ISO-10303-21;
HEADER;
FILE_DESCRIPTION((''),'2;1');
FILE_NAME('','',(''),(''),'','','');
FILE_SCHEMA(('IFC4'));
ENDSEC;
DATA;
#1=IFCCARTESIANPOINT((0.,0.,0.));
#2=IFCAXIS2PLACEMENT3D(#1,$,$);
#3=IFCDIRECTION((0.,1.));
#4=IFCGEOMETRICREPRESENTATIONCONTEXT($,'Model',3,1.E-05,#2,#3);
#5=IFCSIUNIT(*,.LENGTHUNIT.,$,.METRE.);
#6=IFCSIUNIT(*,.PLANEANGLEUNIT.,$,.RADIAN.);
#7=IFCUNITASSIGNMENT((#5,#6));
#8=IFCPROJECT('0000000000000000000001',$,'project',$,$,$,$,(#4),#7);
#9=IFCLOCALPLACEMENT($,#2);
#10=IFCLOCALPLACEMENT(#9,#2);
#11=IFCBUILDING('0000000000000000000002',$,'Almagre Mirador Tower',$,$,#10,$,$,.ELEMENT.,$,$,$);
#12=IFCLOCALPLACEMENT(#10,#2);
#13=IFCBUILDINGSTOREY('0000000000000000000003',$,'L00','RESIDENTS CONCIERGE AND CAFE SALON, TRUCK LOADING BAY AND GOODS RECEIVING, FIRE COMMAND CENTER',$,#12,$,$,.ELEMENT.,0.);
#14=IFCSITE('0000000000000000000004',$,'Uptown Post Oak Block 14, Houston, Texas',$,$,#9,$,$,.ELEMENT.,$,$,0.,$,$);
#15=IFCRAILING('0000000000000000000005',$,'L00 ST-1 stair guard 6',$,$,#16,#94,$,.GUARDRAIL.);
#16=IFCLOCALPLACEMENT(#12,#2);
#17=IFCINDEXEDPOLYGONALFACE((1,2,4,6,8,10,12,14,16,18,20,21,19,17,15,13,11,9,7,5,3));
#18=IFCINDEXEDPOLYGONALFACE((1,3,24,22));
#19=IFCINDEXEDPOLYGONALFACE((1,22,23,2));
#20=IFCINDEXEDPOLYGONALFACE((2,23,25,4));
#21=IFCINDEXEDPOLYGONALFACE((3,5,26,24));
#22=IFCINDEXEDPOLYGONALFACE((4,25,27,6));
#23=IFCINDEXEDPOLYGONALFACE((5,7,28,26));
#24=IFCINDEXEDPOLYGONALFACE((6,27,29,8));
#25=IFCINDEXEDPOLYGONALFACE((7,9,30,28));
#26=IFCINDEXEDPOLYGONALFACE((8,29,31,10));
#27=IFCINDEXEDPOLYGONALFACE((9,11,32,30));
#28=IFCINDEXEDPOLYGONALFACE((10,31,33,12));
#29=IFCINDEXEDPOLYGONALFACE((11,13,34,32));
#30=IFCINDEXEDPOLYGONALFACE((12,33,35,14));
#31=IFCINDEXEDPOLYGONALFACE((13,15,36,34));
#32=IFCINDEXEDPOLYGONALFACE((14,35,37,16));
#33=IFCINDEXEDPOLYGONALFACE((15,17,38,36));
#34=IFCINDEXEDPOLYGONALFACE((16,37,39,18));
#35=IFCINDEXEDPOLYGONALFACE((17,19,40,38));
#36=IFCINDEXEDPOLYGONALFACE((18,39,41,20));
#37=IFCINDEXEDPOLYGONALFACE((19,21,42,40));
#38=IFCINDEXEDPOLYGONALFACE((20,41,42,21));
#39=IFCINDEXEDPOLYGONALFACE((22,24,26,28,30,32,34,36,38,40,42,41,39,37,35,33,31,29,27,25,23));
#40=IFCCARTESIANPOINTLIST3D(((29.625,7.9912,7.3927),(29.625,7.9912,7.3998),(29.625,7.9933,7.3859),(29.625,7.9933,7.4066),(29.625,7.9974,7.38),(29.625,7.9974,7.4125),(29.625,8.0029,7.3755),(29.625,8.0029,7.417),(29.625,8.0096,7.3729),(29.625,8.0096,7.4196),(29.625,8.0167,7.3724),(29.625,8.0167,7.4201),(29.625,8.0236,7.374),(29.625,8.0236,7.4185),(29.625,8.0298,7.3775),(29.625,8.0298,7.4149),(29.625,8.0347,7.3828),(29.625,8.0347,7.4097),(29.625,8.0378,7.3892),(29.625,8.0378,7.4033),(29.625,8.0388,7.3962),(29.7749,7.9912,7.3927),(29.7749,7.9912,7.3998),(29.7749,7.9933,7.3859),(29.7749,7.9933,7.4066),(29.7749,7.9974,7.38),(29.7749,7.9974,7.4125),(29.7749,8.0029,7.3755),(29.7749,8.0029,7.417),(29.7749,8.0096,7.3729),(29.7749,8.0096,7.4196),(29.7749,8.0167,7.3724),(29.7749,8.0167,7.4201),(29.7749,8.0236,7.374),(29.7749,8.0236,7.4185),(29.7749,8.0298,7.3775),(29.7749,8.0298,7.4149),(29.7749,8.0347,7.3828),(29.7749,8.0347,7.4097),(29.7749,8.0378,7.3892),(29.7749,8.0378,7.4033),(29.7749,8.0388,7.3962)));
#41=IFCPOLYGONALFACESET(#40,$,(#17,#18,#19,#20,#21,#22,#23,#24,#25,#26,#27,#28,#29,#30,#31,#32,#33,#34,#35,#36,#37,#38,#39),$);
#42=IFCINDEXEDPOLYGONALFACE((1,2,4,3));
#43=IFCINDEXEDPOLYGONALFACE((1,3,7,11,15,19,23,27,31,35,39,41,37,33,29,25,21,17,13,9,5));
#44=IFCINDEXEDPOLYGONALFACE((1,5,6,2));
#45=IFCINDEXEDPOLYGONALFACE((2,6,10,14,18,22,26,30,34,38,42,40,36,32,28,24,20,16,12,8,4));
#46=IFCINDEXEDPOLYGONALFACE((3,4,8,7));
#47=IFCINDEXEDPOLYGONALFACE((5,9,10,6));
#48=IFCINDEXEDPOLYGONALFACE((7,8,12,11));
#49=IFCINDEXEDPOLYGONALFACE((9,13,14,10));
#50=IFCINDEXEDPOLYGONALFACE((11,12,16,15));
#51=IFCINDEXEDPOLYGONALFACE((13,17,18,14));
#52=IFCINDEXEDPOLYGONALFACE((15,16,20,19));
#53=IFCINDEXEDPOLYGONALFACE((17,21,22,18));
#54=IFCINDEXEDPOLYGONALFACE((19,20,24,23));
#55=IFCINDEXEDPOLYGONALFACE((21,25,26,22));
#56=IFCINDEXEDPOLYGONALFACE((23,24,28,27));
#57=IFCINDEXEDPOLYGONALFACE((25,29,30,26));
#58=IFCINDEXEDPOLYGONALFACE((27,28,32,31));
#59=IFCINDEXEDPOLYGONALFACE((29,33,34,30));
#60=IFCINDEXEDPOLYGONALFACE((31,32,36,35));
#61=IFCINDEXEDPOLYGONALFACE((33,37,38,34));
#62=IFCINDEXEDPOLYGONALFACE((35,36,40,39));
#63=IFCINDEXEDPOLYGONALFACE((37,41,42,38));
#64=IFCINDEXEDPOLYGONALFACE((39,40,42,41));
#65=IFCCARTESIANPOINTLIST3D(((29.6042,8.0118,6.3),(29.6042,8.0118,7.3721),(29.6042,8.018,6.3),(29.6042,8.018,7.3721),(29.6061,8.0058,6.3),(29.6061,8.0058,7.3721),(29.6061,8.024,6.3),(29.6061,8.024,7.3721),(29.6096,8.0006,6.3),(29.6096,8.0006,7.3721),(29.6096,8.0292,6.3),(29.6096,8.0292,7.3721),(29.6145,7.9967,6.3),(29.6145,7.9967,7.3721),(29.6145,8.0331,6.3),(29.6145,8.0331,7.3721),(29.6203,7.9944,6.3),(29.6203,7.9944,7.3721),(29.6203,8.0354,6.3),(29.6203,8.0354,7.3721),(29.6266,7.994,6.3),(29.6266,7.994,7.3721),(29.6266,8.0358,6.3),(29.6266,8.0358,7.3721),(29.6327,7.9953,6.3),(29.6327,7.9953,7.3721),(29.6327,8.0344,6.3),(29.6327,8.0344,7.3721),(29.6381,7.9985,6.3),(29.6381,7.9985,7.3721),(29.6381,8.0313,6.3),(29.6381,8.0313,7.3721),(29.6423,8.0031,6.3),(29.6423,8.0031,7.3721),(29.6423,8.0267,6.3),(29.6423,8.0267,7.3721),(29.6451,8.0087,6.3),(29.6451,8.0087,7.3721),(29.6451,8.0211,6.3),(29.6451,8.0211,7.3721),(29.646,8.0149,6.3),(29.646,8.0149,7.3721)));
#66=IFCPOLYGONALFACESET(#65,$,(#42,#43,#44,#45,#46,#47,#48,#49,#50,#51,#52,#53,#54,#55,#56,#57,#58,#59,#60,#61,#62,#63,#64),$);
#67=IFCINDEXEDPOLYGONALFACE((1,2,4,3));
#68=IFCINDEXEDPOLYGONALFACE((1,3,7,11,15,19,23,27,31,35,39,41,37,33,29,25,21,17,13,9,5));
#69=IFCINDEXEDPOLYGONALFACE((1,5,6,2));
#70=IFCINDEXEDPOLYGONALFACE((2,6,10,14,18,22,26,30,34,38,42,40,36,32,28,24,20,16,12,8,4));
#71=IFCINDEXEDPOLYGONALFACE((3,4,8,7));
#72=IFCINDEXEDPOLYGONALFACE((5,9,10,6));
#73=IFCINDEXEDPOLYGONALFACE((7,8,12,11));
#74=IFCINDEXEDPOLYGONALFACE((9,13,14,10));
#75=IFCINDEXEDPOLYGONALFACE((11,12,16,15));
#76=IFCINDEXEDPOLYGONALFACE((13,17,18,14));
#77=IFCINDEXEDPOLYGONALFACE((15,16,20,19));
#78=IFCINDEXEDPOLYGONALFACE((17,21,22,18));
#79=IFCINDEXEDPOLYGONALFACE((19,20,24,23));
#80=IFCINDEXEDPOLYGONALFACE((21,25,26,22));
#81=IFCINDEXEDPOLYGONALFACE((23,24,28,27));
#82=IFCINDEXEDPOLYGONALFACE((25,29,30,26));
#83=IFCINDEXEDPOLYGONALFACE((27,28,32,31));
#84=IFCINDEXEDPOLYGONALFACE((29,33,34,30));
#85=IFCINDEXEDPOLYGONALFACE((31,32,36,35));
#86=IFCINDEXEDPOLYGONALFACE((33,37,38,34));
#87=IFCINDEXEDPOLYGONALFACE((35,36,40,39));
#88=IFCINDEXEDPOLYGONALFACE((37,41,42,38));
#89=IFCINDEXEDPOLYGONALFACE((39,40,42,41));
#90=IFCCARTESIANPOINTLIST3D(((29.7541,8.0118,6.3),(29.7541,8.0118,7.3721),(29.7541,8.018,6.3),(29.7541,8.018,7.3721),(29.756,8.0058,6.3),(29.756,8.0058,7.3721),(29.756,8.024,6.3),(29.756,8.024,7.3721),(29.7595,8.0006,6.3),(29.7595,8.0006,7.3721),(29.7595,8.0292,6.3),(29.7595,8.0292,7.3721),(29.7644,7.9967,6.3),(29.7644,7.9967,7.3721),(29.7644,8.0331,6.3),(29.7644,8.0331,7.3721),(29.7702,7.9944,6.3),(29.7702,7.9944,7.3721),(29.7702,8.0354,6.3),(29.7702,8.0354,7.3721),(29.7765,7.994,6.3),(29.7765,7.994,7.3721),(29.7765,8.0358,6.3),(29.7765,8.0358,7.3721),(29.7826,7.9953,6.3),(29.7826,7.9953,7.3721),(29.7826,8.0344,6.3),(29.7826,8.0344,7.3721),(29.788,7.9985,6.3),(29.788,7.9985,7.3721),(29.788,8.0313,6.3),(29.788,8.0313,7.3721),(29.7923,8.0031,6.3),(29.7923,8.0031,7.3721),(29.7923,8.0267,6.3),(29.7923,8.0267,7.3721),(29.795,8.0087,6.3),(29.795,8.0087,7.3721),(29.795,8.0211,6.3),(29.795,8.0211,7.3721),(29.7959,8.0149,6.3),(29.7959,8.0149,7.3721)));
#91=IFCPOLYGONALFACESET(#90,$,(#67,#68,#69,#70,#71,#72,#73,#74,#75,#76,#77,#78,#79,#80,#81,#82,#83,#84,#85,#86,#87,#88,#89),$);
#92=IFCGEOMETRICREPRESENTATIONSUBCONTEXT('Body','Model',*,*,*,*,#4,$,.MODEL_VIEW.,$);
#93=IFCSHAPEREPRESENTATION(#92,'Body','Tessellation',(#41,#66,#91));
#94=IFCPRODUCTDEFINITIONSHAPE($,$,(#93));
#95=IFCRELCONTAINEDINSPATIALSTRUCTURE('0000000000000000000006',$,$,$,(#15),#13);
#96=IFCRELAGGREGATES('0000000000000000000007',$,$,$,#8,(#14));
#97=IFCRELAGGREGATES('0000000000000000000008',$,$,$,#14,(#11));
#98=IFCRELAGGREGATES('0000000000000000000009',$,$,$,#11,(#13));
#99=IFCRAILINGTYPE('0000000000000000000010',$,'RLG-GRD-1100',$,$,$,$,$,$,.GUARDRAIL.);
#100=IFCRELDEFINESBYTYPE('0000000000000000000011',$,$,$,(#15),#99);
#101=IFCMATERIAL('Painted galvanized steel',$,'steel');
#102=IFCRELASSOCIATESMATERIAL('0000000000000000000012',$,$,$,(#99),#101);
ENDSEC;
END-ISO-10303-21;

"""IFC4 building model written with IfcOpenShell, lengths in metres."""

from ifc_helpers import new_model, si_unit, direction, frame, origin, origin_2d, place, context, subcontext, project, spatial, circle, extrude, material, type_object, element, save


model = new_model("IFC4")

# Units and contexts
model_context = context("Model", 3, precision=1e-05, world=origin(), true_north=direction((0.0, 1.0)))
body_context = subcontext(model_context, "Body", "Model", "MODEL_VIEW")
ifc_project = project(units=[si_unit("LENGTHUNIT", "METRE"), si_unit("PLANEANGLEUNIT", "RADIAN")], contexts=[model_context])

# Site, building, storey
site_placement = place(None, origin())
site = spatial("IfcSite", under=ifc_project, at=site_placement, Name="Uptown Post Oak Block 14, Houston, Texas", CompositionType="ELEMENT", RefElevation=0.0)
building_placement = place(site_placement, origin())
building = spatial("IfcBuilding", under=site, at=building_placement, Name="Almagre Mirador Tower", CompositionType="ELEMENT")
storey_placement = place(building_placement, origin())
storey = spatial("IfcBuildingStorey", under=building, at=storey_placement, Name="L00", Description="RESIDENTS CONCIERGE AND CAFE SALON, TRUCK LOADING BAY AND GOODS RECEIVING, FIRE COMMAND CENTER", CompositionType="ELEMENT", Elevation=0.0)

# Railing
ifc_material_1 = material(Name="Painted galvanized steel", Category="steel")
railing_type_1 = type_object("IfcRailingType", Name="RLG-GRD-1100", PredefinedType="GUARDRAIL", material=ifc_material_1)
railing_1_placement = place(storey_placement, frame((29.625, 8.0149, 6.3)))
element("IfcRailing", 1, at=railing_1_placement, inside=storey, type_object=railing_type_1, Name="L00 ST-1 stair guard 6", PredefinedType="GUARDRAIL", context=body_context, shape_type="SweptSolid", body=[
    extrude(circle(Radius=0.0239, at=origin_2d()), frame((0.0, 0.0, 1.0962), z_axis=(1.0, 0.0, 0.0), x_axis=(0.0, 1.0, 0.0)), (0.0, 0.0, 1.0), 0.1499),
    extrude(circle(Radius=0.021, at=origin_2d()), origin(), (0.0, 0.0, 1.0), 1.072),
    extrude(circle(Radius=0.021, at=origin_2d()), frame((0.1499, 0.0, 0.0)), (0.0, 0.0, 1.0), 1.072),
])

save(model, "model.ifc")
